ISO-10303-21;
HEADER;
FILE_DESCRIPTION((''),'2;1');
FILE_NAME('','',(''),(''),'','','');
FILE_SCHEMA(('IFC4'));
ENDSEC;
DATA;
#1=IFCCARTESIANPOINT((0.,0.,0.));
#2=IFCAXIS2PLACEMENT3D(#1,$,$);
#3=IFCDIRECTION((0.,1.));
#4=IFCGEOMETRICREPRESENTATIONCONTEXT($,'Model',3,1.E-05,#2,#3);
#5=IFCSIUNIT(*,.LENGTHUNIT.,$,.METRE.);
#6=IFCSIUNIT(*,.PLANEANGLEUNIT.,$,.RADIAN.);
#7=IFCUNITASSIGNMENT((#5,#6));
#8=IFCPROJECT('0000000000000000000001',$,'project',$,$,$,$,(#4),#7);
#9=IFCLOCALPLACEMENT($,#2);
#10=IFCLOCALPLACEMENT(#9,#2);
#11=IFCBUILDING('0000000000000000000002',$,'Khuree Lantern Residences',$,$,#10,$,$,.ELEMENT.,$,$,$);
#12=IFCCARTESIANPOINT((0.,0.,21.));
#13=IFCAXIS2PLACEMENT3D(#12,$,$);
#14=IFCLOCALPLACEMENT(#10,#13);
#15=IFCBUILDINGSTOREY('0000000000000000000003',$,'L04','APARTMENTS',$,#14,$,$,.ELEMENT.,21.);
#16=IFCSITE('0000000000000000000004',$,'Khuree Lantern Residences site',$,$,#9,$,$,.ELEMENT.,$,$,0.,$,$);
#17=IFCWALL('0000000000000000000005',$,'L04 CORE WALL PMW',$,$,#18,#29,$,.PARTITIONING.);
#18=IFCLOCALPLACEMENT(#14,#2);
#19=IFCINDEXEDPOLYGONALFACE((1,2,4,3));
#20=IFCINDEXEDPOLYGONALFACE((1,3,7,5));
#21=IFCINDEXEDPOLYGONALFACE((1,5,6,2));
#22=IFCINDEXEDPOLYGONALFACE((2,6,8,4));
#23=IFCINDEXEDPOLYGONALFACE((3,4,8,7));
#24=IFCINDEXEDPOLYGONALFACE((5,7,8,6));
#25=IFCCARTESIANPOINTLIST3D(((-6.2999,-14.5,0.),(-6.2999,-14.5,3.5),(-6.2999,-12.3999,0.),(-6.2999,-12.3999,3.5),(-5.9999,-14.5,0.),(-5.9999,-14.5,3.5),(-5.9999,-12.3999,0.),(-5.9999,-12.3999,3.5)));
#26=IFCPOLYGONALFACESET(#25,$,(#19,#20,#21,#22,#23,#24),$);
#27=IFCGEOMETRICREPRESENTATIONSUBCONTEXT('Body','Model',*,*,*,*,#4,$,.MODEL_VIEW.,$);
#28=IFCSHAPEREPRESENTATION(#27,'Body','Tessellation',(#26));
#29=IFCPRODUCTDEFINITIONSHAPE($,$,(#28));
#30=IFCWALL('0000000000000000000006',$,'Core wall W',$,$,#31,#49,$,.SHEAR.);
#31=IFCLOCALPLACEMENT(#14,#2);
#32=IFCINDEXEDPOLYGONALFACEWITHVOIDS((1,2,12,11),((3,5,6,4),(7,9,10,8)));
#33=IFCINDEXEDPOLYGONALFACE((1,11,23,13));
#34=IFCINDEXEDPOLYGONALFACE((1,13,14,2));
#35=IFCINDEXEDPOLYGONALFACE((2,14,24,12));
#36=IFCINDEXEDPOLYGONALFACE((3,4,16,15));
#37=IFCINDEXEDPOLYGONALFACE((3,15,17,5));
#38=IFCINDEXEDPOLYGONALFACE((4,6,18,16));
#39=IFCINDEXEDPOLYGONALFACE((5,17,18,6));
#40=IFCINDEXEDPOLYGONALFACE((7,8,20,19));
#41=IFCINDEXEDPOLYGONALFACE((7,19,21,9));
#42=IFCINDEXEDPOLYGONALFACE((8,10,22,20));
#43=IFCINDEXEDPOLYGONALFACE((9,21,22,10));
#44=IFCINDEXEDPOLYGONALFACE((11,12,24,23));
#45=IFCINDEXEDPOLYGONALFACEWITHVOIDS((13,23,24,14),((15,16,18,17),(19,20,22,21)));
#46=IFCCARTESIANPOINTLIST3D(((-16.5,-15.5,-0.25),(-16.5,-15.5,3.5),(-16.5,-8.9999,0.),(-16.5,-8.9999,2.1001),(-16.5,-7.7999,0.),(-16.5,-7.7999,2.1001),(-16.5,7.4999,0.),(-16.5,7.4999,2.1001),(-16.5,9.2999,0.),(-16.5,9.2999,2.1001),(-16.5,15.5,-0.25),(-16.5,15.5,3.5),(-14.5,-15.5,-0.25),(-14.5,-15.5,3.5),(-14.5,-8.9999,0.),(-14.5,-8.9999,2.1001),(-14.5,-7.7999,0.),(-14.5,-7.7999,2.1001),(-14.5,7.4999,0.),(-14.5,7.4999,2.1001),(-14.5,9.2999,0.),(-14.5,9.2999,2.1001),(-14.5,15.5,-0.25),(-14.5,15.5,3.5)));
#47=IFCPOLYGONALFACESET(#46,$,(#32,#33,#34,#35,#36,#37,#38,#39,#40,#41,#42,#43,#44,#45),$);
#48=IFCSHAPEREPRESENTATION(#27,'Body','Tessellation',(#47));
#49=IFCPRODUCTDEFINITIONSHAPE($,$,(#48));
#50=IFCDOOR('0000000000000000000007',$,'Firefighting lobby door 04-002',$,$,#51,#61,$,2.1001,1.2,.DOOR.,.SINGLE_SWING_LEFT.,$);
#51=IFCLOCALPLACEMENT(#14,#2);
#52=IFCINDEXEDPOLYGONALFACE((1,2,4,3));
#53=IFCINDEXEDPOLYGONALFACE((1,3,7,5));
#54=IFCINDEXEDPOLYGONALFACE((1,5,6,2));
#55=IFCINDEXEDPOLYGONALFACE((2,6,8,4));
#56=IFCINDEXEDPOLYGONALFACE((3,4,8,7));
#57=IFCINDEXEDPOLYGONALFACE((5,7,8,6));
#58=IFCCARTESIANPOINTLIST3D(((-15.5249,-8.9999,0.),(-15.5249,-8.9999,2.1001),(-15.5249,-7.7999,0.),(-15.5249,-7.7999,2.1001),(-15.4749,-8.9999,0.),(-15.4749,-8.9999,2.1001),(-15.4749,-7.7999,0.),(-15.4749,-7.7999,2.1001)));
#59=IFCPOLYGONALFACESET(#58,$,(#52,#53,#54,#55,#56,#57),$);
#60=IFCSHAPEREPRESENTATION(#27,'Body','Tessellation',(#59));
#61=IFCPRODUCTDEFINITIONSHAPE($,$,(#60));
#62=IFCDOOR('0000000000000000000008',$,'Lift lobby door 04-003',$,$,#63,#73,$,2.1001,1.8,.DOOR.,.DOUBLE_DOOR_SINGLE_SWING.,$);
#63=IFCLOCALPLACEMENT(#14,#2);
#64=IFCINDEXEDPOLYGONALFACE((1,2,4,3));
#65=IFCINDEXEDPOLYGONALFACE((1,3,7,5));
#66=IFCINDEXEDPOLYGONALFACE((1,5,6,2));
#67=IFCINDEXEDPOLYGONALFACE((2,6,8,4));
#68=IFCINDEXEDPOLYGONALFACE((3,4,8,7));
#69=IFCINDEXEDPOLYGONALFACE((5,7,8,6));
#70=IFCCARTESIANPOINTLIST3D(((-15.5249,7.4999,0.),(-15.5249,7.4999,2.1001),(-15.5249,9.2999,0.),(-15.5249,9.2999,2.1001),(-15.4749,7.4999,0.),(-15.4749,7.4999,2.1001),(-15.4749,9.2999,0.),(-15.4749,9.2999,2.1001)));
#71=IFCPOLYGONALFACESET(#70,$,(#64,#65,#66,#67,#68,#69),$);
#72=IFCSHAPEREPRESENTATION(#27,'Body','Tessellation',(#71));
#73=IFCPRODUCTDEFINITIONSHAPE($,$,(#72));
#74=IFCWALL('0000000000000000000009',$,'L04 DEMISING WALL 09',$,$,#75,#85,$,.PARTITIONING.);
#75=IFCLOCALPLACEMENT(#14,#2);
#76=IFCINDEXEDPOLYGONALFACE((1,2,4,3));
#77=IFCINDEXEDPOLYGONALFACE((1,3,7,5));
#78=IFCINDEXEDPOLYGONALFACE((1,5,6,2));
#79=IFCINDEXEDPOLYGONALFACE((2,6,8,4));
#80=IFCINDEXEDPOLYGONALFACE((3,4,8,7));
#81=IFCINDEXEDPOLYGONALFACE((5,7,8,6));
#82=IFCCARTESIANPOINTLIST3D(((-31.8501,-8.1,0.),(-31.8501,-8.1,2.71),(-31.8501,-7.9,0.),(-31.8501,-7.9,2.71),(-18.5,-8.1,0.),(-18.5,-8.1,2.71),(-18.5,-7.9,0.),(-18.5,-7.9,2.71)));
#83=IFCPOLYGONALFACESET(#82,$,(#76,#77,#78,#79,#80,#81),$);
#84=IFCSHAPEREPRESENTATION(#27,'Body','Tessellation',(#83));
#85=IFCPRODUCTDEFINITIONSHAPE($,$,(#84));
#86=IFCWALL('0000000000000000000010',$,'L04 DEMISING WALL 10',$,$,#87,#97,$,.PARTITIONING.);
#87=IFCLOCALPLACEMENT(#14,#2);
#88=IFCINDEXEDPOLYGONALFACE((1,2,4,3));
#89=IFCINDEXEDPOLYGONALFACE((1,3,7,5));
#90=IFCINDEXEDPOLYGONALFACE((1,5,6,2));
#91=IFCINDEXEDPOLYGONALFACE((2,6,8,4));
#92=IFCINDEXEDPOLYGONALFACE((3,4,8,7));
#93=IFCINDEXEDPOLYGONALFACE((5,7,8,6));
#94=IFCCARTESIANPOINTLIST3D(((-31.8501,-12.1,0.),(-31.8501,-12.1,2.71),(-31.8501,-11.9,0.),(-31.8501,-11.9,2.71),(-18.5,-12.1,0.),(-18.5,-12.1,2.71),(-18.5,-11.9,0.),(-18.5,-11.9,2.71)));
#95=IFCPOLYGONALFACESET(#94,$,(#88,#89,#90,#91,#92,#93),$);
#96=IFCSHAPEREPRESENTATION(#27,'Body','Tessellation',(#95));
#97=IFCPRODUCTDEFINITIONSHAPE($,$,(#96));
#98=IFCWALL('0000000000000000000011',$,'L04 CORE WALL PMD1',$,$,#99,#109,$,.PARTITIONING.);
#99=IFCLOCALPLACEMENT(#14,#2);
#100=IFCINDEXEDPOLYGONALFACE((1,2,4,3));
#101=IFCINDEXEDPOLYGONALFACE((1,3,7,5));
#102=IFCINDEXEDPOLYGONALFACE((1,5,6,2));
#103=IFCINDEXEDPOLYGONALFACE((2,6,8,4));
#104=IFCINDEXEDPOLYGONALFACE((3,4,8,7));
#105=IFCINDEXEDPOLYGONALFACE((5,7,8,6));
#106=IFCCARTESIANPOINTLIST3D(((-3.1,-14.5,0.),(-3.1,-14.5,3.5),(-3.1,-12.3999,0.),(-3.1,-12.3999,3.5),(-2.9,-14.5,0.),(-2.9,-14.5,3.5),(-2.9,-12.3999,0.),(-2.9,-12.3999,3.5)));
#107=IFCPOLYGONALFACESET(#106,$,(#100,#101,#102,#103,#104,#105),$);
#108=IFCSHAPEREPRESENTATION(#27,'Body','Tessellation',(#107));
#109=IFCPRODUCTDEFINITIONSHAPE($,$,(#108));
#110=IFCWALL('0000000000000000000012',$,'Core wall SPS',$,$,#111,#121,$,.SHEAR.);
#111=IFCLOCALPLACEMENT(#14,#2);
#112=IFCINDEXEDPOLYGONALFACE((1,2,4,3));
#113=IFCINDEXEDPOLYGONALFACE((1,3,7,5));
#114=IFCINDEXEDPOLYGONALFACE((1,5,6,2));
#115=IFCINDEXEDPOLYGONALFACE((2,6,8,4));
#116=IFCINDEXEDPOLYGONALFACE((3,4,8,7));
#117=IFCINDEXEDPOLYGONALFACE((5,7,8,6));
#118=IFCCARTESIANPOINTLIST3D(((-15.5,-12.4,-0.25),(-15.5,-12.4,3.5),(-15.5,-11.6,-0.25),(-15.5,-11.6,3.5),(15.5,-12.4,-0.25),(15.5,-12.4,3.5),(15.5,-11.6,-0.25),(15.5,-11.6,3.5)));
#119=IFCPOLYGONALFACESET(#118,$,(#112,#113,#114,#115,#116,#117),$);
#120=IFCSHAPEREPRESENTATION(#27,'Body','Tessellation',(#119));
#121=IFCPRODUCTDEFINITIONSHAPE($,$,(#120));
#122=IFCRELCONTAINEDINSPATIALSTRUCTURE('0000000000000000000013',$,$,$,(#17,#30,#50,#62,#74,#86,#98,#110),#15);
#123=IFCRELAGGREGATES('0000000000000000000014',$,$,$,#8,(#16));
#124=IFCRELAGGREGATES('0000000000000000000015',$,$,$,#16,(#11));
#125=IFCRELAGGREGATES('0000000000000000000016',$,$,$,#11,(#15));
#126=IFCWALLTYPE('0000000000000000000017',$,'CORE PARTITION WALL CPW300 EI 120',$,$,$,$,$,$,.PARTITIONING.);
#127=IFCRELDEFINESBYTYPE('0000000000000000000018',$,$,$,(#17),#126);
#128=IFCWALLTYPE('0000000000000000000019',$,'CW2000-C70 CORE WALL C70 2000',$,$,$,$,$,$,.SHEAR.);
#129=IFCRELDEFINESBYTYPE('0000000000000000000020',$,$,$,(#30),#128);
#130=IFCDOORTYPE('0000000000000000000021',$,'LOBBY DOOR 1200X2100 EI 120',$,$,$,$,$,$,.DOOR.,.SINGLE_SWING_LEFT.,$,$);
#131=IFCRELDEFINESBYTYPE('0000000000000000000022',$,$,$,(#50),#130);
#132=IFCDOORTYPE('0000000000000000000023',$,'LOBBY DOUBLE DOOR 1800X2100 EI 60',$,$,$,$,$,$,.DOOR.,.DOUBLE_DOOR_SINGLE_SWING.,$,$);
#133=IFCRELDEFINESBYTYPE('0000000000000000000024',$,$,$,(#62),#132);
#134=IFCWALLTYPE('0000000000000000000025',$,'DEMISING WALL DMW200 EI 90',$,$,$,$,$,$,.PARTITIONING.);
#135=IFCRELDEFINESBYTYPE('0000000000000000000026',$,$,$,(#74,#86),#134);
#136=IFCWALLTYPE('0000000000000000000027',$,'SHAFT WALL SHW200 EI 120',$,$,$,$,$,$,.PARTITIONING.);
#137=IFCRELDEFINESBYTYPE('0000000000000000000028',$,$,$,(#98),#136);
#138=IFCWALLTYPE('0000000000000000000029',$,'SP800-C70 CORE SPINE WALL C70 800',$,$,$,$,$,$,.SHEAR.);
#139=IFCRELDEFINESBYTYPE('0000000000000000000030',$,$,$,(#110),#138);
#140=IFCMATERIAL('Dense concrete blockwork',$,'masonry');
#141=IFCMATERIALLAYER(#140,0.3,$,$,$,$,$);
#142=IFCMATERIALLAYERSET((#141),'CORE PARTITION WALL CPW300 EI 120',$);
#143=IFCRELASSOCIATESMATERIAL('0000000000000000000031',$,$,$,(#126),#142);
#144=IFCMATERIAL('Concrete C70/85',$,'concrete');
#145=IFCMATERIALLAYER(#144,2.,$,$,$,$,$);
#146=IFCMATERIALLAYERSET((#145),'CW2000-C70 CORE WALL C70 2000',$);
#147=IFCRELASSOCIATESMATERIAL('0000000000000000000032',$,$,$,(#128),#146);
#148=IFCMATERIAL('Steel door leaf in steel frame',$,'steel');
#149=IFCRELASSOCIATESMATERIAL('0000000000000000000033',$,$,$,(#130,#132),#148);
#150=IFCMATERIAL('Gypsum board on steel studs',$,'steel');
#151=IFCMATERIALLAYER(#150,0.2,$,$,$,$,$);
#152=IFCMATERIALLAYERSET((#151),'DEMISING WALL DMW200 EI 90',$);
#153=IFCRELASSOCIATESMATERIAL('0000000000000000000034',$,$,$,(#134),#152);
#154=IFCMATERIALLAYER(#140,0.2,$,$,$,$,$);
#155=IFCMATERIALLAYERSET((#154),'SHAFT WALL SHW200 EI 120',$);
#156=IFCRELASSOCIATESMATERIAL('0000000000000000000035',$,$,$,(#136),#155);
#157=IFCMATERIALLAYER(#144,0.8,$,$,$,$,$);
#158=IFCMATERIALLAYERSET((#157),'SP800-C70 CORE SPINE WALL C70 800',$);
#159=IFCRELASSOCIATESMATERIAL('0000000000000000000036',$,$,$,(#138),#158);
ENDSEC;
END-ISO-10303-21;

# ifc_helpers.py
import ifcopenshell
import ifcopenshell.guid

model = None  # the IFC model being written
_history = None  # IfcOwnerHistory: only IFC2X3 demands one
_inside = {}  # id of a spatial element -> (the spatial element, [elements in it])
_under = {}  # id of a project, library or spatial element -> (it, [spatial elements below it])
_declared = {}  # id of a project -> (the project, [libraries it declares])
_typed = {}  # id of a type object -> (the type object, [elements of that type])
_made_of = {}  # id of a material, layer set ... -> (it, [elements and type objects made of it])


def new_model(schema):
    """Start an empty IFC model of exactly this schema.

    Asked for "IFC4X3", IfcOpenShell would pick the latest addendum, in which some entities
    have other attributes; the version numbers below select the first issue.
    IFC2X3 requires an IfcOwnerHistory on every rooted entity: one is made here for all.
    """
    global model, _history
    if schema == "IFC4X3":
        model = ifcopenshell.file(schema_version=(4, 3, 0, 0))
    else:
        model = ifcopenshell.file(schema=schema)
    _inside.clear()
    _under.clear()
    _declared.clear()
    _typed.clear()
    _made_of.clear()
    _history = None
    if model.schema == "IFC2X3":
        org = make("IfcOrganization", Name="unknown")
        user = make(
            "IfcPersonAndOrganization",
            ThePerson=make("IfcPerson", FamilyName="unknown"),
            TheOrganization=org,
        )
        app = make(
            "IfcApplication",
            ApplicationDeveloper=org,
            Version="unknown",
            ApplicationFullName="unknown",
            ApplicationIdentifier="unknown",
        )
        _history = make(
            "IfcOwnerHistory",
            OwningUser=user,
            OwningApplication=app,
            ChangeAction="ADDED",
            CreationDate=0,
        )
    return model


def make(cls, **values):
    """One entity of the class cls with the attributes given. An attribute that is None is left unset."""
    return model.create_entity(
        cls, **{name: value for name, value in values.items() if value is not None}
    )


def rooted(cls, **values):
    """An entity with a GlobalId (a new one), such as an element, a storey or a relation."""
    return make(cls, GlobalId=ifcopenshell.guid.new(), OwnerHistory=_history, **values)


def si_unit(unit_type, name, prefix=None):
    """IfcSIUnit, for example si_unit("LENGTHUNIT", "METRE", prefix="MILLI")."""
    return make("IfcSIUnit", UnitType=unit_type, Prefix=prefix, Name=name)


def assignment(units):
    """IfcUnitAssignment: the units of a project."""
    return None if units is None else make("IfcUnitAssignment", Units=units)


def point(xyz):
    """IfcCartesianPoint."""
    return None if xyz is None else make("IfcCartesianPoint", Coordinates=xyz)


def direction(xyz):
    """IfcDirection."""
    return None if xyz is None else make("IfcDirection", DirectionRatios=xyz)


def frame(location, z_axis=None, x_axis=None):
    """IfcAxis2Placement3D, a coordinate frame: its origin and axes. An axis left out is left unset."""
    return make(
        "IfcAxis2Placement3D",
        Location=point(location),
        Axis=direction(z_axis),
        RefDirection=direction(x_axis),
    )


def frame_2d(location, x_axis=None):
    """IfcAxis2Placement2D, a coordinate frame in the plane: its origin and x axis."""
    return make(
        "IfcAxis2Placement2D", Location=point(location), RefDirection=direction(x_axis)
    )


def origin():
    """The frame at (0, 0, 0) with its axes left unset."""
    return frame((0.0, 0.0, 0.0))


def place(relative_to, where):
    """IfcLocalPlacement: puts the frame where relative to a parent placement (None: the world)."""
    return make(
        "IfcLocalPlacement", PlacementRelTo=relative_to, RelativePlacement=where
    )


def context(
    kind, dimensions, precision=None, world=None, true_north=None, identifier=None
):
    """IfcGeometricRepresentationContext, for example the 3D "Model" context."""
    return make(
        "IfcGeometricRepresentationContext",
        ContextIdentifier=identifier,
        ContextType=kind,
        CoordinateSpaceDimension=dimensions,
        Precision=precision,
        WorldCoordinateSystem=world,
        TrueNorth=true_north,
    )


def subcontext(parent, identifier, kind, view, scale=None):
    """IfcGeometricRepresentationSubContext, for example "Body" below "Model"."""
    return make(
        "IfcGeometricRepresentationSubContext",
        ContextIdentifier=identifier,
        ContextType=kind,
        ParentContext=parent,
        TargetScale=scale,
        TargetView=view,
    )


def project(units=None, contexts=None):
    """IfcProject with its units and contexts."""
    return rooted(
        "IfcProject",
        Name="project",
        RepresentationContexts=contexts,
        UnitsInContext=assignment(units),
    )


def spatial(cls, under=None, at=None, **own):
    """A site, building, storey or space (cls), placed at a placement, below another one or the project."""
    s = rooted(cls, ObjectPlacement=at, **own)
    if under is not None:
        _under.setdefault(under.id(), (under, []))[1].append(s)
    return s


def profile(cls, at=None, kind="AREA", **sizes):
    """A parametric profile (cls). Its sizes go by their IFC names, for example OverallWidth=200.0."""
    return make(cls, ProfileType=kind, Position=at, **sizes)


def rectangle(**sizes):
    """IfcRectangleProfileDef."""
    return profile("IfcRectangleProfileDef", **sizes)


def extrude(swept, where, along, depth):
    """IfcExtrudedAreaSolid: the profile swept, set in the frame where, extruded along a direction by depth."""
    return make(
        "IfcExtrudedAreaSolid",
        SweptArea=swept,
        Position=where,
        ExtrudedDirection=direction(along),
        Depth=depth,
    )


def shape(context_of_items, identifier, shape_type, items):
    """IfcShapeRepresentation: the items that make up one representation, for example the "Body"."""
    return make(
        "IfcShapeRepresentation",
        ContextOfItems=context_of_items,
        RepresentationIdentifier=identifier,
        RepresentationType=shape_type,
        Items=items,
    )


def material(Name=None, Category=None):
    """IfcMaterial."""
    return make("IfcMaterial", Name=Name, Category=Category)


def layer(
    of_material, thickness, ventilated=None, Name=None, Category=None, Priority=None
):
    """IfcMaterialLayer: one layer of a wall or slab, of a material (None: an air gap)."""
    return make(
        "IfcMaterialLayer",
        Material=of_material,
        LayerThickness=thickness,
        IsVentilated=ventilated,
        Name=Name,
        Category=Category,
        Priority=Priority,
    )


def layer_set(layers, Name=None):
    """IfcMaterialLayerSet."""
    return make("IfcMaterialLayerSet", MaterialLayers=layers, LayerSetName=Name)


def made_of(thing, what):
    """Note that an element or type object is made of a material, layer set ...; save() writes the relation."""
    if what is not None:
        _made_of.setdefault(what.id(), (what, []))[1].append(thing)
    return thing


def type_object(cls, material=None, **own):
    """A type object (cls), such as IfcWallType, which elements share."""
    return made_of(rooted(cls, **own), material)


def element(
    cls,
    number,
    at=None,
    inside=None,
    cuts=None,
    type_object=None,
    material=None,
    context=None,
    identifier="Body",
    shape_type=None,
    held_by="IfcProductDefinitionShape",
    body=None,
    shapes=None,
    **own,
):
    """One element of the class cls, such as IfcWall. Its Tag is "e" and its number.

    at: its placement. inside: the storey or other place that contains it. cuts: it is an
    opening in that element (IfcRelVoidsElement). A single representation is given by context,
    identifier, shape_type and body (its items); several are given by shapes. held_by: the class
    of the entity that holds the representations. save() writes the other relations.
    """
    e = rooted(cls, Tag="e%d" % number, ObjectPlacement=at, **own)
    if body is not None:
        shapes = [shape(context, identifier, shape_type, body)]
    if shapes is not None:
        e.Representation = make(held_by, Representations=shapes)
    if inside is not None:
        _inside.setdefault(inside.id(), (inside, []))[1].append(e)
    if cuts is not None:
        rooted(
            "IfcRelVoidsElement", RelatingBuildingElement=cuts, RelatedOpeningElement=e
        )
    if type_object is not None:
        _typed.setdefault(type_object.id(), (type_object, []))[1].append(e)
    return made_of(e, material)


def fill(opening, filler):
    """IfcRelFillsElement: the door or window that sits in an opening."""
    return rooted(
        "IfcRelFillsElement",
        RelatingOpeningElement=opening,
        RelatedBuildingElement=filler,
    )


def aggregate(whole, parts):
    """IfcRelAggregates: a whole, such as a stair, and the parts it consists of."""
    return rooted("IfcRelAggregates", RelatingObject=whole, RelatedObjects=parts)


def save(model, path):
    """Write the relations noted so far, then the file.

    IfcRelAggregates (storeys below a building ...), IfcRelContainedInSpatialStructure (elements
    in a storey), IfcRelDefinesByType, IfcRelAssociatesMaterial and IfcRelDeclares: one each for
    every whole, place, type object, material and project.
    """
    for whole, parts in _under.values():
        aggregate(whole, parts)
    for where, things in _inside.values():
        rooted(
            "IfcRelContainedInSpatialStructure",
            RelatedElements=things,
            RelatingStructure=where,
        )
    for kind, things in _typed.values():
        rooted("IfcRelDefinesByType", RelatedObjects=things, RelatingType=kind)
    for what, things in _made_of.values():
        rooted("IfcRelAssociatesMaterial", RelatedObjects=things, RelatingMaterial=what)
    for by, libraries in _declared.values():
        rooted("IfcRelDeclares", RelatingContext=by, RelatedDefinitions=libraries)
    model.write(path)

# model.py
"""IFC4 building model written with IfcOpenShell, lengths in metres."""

from ifc_helpers import new_model, si_unit, direction, frame, frame_2d, origin, place, context, subcontext, project, spatial, rectangle, extrude, material, layer, layer_set, type_object, element, fill, save


model = new_model("IFC4")

# Units and contexts
model_context = context("Model", 3, precision=1e-05, world=origin(), true_north=direction((0.0, 1.0)))
body_context = subcontext(model_context, "Body", "Model", "MODEL_VIEW")
ifc_project = project(units=[si_unit("LENGTHUNIT", "METRE"), si_unit("PLANEANGLEUNIT", "RADIAN")], contexts=[model_context])

# Site, building, storey
site_placement = place(None, origin())
site = spatial("IfcSite", under=ifc_project, at=site_placement, Name="Khuree Lantern Residences site", CompositionType="ELEMENT", RefElevation=0.0)
building_placement = place(site_placement, origin())
building = spatial("IfcBuilding", under=site, at=building_placement, Name="Khuree Lantern Residences", CompositionType="ELEMENT")
storey_placement = place(building_placement, frame((0.0, 0.0, 21.0)))
storey = spatial("IfcBuildingStorey", under=building, at=storey_placement, Name="L04", Description="APARTMENTS", CompositionType="ELEMENT", Elevation=21.0)

# Shared definitions
ifc_material_1 = material(Name="Dense concrete blockwork", Category="masonry")
ifc_layer_1 = layer(ifc_material_1, 0.3)
ifc_layer_set_1 = layer_set([ifc_layer_1], Name="CORE PARTITION WALL CPW300 EI 120")
wall_type_1 = type_object("IfcWallType", Name="CORE PARTITION WALL CPW300 EI 120", PredefinedType="PARTITIONING", material=ifc_layer_set_1)

# Shared definitions
ifc_material_2 = material(Name="Steel door leaf in steel frame", Category="steel")

# Wall
wall_1_placement = place(storey_placement, frame((-6.1499, -14.5, 0.0), z_axis=(0.0, 0.0, 1.0), x_axis=(0.0, 1.0, 0.0)))
element("IfcWall", 1, at=wall_1_placement, inside=storey, type_object=wall_type_1, Name="L04 CORE WALL PMW", PredefinedType="PARTITIONING", context=body_context, shape_type="SweptSolid", body=[
    extrude(rectangle(XDim=2.1001, YDim=0.3, at=frame_2d((1.05, 0.0))), origin(), (0.0, 0.0, 1.0), 3.5),
])

# Wall, openings, doors
ifc_material_3 = material(Name="Concrete C70/85", Category="concrete")
ifc_layer_2 = layer(ifc_material_3, 2.0)
ifc_layer_set_2 = layer_set([ifc_layer_2], Name="CW2000-C70 CORE WALL C70 2000")
wall_type_2 = type_object("IfcWallType", Name="CW2000-C70 CORE WALL C70 2000", PredefinedType="SHEAR", material=ifc_layer_set_2)
wall_2_placement = place(storey_placement, frame((-15.5, -15.5, -0.25), z_axis=(0.0, 0.0, 1.0), x_axis=(0.0, 1.0, 0.0)))
wall_2 = element("IfcWall", 2, at=wall_2_placement, inside=storey, type_object=wall_type_2, Name="Core wall W", PredefinedType="SHEAR", context=body_context, shape_type="SweptSolid", body=[
    extrude(rectangle(XDim=31.0, YDim=2.0, at=frame_2d((15.5, 0.0))), origin(), (0.0, 0.0, 1.0), 3.75),
])
opening_1_placement = place(wall_2_placement, frame((6.5, 0.0, 0.25)))
opening_1 = element("IfcOpeningElement", 3, at=opening_1_placement, cuts=wall_2, PredefinedType="OPENING", context=body_context, shape_type="SweptSolid", body=[
    extrude(rectangle(XDim=1.2, YDim=2.1001, at=frame_2d((0.6001, 1.05))), frame((0.0, 1.01, 0.0), z_axis=(0.0, -1.0, 0.0), x_axis=(1.0, 0.0, 0.0)), (0.0, 0.0, 1.0), 2.02),
])
opening_2_placement = place(wall_2_placement, frame((23.0, 0.0, 0.25)))
opening_2 = element("IfcOpeningElement", 4, at=opening_2_placement, cuts=wall_2, PredefinedType="OPENING", context=body_context, shape_type="SweptSolid", body=[
    extrude(rectangle(XDim=1.8, YDim=2.1001, at=frame_2d((0.8999, 1.05))), frame((0.0, 1.01, 0.0), z_axis=(0.0, -1.0, 0.0), x_axis=(1.0, 0.0, 0.0)), (0.0, 0.0, 1.0), 2.02),
])
door_type_1 = type_object("IfcDoorType", Name="LOBBY DOOR 1200X2100 EI 120", OperationType="SINGLE_SWING_LEFT", PredefinedType="DOOR", material=ifc_material_2)
door_1_placement = place(opening_1_placement, origin())
door_1 = element("IfcDoor", 5, at=door_1_placement, inside=storey, type_object=door_type_1, Name="Firefighting lobby door 04-002", OperationType="SINGLE_SWING_LEFT", OverallHeight=2.1001, OverallWidth=1.2, PredefinedType="DOOR", context=body_context, shape_type="SweptSolid", body=[
    extrude(rectangle(XDim=1.2, YDim=2.1001, at=frame_2d((0.6001, 1.05))), frame((0.0, 0.0249, 0.0), z_axis=(0.0, -1.0, 0.0), x_axis=(1.0, 0.0, 0.0)), (0.0, 0.0, 1.0), 0.05),
])
fill(opening_1, door_1)
door_type_2 = type_object("IfcDoorType", Name="LOBBY DOUBLE DOOR 1800X2100 EI 60", OperationType="DOUBLE_DOOR_SINGLE_SWING", PredefinedType="DOOR", material=ifc_material_2)
door_2_placement = place(opening_2_placement, origin())
door_2 = element("IfcDoor", 6, at=door_2_placement, inside=storey, type_object=door_type_2, Name="Lift lobby door 04-003", OperationType="DOUBLE_DOOR_SINGLE_SWING", OverallHeight=2.1001, OverallWidth=1.8, PredefinedType="DOOR", context=body_context, shape_type="SweptSolid", body=[
    extrude(rectangle(XDim=1.8, YDim=2.1001, at=frame_2d((0.8999, 1.05))), frame((0.0, 0.0249, 0.0), z_axis=(0.0, -1.0, 0.0), x_axis=(1.0, 0.0, 0.0)), (0.0, 0.0, 1.0), 0.05),
])
fill(opening_2, door_2)

# Walls
ifc_material_4 = material(Name="Gypsum board on steel studs", Category="steel")
ifc_layer_3 = layer(ifc_material_4, 0.2)
ifc_layer_set_3 = layer_set([ifc_layer_3], Name="DEMISING WALL DMW200 EI 90")
wall_type_3 = type_object("IfcWallType", Name="DEMISING WALL DMW200 EI 90", PredefinedType="PARTITIONING", material=ifc_layer_set_3)
for number, where, z_axis, x_axis, name in (
    (7, (-18.5, -8.0, 0.0), (0.0, 0.0, 1.0), (-1.0, 0.0, 0.0), "L04 DEMISING WALL 09"),
    (8, (-18.5, -12.0, 0.0), (0.0, 0.0, 1.0), (-1.0, 0.0, 0.0), "L04 DEMISING WALL 10"),
):
    element("IfcWall", number, at=place(storey_placement, frame(where, z_axis=z_axis, x_axis=x_axis)), inside=storey, type_object=wall_type_3, Name=name, PredefinedType="PARTITIONING", context=body_context, shape_type="SweptSolid", body=[
        extrude(rectangle(XDim=13.3501, YDim=0.2, at=frame_2d((6.675, 0.0))), origin(), (0.0, 0.0, 1.0), 2.71),
    ])
ifc_layer_4 = layer(ifc_material_1, 0.2)
ifc_layer_set_4 = layer_set([ifc_layer_4], Name="SHAFT WALL SHW200 EI 120")
wall_type_4 = type_object("IfcWallType", Name="SHAFT WALL SHW200 EI 120", PredefinedType="PARTITIONING", material=ifc_layer_set_4)
wall_3_placement = place(storey_placement, frame((-3.0, -14.5, 0.0), z_axis=(0.0, 0.0, 1.0), x_axis=(0.0, 1.0, 0.0)))
element("IfcWall", 9, at=wall_3_placement, inside=storey, type_object=wall_type_4, Name="L04 CORE WALL PMD1", PredefinedType="PARTITIONING", context=body_context, shape_type="SweptSolid", body=[
    extrude(rectangle(XDim=2.1001, YDim=0.2, at=frame_2d((1.05, 0.0))), origin(), (0.0, 0.0, 1.0), 3.5),
])
ifc_layer_5 = layer(ifc_material_3, 0.8)
ifc_layer_set_5 = layer_set([ifc_layer_5], Name="SP800-C70 CORE SPINE WALL C70 800")
wall_type_5 = type_object("IfcWallType", Name="SP800-C70 CORE SPINE WALL C70 800", PredefinedType="SHEAR", material=ifc_layer_set_5)
wall_4_placement = place(storey_placement, frame((-15.5, -12.0, -0.25), z_axis=(0.0, 0.0, 1.0), x_axis=(1.0, 0.0, 0.0)))
element("IfcWall", 10, at=wall_4_placement, inside=storey, type_object=wall_type_5, Name="Core wall SPS", PredefinedType="SHEAR", context=body_context, shape_type="SweptSolid", body=[
    extrude(rectangle(XDim=31.0, YDim=0.8, at=frame_2d((15.5, 0.0))), origin(), (0.0, 0.0, 1.0), 3.75),
])

save(model, "model.ifc")
